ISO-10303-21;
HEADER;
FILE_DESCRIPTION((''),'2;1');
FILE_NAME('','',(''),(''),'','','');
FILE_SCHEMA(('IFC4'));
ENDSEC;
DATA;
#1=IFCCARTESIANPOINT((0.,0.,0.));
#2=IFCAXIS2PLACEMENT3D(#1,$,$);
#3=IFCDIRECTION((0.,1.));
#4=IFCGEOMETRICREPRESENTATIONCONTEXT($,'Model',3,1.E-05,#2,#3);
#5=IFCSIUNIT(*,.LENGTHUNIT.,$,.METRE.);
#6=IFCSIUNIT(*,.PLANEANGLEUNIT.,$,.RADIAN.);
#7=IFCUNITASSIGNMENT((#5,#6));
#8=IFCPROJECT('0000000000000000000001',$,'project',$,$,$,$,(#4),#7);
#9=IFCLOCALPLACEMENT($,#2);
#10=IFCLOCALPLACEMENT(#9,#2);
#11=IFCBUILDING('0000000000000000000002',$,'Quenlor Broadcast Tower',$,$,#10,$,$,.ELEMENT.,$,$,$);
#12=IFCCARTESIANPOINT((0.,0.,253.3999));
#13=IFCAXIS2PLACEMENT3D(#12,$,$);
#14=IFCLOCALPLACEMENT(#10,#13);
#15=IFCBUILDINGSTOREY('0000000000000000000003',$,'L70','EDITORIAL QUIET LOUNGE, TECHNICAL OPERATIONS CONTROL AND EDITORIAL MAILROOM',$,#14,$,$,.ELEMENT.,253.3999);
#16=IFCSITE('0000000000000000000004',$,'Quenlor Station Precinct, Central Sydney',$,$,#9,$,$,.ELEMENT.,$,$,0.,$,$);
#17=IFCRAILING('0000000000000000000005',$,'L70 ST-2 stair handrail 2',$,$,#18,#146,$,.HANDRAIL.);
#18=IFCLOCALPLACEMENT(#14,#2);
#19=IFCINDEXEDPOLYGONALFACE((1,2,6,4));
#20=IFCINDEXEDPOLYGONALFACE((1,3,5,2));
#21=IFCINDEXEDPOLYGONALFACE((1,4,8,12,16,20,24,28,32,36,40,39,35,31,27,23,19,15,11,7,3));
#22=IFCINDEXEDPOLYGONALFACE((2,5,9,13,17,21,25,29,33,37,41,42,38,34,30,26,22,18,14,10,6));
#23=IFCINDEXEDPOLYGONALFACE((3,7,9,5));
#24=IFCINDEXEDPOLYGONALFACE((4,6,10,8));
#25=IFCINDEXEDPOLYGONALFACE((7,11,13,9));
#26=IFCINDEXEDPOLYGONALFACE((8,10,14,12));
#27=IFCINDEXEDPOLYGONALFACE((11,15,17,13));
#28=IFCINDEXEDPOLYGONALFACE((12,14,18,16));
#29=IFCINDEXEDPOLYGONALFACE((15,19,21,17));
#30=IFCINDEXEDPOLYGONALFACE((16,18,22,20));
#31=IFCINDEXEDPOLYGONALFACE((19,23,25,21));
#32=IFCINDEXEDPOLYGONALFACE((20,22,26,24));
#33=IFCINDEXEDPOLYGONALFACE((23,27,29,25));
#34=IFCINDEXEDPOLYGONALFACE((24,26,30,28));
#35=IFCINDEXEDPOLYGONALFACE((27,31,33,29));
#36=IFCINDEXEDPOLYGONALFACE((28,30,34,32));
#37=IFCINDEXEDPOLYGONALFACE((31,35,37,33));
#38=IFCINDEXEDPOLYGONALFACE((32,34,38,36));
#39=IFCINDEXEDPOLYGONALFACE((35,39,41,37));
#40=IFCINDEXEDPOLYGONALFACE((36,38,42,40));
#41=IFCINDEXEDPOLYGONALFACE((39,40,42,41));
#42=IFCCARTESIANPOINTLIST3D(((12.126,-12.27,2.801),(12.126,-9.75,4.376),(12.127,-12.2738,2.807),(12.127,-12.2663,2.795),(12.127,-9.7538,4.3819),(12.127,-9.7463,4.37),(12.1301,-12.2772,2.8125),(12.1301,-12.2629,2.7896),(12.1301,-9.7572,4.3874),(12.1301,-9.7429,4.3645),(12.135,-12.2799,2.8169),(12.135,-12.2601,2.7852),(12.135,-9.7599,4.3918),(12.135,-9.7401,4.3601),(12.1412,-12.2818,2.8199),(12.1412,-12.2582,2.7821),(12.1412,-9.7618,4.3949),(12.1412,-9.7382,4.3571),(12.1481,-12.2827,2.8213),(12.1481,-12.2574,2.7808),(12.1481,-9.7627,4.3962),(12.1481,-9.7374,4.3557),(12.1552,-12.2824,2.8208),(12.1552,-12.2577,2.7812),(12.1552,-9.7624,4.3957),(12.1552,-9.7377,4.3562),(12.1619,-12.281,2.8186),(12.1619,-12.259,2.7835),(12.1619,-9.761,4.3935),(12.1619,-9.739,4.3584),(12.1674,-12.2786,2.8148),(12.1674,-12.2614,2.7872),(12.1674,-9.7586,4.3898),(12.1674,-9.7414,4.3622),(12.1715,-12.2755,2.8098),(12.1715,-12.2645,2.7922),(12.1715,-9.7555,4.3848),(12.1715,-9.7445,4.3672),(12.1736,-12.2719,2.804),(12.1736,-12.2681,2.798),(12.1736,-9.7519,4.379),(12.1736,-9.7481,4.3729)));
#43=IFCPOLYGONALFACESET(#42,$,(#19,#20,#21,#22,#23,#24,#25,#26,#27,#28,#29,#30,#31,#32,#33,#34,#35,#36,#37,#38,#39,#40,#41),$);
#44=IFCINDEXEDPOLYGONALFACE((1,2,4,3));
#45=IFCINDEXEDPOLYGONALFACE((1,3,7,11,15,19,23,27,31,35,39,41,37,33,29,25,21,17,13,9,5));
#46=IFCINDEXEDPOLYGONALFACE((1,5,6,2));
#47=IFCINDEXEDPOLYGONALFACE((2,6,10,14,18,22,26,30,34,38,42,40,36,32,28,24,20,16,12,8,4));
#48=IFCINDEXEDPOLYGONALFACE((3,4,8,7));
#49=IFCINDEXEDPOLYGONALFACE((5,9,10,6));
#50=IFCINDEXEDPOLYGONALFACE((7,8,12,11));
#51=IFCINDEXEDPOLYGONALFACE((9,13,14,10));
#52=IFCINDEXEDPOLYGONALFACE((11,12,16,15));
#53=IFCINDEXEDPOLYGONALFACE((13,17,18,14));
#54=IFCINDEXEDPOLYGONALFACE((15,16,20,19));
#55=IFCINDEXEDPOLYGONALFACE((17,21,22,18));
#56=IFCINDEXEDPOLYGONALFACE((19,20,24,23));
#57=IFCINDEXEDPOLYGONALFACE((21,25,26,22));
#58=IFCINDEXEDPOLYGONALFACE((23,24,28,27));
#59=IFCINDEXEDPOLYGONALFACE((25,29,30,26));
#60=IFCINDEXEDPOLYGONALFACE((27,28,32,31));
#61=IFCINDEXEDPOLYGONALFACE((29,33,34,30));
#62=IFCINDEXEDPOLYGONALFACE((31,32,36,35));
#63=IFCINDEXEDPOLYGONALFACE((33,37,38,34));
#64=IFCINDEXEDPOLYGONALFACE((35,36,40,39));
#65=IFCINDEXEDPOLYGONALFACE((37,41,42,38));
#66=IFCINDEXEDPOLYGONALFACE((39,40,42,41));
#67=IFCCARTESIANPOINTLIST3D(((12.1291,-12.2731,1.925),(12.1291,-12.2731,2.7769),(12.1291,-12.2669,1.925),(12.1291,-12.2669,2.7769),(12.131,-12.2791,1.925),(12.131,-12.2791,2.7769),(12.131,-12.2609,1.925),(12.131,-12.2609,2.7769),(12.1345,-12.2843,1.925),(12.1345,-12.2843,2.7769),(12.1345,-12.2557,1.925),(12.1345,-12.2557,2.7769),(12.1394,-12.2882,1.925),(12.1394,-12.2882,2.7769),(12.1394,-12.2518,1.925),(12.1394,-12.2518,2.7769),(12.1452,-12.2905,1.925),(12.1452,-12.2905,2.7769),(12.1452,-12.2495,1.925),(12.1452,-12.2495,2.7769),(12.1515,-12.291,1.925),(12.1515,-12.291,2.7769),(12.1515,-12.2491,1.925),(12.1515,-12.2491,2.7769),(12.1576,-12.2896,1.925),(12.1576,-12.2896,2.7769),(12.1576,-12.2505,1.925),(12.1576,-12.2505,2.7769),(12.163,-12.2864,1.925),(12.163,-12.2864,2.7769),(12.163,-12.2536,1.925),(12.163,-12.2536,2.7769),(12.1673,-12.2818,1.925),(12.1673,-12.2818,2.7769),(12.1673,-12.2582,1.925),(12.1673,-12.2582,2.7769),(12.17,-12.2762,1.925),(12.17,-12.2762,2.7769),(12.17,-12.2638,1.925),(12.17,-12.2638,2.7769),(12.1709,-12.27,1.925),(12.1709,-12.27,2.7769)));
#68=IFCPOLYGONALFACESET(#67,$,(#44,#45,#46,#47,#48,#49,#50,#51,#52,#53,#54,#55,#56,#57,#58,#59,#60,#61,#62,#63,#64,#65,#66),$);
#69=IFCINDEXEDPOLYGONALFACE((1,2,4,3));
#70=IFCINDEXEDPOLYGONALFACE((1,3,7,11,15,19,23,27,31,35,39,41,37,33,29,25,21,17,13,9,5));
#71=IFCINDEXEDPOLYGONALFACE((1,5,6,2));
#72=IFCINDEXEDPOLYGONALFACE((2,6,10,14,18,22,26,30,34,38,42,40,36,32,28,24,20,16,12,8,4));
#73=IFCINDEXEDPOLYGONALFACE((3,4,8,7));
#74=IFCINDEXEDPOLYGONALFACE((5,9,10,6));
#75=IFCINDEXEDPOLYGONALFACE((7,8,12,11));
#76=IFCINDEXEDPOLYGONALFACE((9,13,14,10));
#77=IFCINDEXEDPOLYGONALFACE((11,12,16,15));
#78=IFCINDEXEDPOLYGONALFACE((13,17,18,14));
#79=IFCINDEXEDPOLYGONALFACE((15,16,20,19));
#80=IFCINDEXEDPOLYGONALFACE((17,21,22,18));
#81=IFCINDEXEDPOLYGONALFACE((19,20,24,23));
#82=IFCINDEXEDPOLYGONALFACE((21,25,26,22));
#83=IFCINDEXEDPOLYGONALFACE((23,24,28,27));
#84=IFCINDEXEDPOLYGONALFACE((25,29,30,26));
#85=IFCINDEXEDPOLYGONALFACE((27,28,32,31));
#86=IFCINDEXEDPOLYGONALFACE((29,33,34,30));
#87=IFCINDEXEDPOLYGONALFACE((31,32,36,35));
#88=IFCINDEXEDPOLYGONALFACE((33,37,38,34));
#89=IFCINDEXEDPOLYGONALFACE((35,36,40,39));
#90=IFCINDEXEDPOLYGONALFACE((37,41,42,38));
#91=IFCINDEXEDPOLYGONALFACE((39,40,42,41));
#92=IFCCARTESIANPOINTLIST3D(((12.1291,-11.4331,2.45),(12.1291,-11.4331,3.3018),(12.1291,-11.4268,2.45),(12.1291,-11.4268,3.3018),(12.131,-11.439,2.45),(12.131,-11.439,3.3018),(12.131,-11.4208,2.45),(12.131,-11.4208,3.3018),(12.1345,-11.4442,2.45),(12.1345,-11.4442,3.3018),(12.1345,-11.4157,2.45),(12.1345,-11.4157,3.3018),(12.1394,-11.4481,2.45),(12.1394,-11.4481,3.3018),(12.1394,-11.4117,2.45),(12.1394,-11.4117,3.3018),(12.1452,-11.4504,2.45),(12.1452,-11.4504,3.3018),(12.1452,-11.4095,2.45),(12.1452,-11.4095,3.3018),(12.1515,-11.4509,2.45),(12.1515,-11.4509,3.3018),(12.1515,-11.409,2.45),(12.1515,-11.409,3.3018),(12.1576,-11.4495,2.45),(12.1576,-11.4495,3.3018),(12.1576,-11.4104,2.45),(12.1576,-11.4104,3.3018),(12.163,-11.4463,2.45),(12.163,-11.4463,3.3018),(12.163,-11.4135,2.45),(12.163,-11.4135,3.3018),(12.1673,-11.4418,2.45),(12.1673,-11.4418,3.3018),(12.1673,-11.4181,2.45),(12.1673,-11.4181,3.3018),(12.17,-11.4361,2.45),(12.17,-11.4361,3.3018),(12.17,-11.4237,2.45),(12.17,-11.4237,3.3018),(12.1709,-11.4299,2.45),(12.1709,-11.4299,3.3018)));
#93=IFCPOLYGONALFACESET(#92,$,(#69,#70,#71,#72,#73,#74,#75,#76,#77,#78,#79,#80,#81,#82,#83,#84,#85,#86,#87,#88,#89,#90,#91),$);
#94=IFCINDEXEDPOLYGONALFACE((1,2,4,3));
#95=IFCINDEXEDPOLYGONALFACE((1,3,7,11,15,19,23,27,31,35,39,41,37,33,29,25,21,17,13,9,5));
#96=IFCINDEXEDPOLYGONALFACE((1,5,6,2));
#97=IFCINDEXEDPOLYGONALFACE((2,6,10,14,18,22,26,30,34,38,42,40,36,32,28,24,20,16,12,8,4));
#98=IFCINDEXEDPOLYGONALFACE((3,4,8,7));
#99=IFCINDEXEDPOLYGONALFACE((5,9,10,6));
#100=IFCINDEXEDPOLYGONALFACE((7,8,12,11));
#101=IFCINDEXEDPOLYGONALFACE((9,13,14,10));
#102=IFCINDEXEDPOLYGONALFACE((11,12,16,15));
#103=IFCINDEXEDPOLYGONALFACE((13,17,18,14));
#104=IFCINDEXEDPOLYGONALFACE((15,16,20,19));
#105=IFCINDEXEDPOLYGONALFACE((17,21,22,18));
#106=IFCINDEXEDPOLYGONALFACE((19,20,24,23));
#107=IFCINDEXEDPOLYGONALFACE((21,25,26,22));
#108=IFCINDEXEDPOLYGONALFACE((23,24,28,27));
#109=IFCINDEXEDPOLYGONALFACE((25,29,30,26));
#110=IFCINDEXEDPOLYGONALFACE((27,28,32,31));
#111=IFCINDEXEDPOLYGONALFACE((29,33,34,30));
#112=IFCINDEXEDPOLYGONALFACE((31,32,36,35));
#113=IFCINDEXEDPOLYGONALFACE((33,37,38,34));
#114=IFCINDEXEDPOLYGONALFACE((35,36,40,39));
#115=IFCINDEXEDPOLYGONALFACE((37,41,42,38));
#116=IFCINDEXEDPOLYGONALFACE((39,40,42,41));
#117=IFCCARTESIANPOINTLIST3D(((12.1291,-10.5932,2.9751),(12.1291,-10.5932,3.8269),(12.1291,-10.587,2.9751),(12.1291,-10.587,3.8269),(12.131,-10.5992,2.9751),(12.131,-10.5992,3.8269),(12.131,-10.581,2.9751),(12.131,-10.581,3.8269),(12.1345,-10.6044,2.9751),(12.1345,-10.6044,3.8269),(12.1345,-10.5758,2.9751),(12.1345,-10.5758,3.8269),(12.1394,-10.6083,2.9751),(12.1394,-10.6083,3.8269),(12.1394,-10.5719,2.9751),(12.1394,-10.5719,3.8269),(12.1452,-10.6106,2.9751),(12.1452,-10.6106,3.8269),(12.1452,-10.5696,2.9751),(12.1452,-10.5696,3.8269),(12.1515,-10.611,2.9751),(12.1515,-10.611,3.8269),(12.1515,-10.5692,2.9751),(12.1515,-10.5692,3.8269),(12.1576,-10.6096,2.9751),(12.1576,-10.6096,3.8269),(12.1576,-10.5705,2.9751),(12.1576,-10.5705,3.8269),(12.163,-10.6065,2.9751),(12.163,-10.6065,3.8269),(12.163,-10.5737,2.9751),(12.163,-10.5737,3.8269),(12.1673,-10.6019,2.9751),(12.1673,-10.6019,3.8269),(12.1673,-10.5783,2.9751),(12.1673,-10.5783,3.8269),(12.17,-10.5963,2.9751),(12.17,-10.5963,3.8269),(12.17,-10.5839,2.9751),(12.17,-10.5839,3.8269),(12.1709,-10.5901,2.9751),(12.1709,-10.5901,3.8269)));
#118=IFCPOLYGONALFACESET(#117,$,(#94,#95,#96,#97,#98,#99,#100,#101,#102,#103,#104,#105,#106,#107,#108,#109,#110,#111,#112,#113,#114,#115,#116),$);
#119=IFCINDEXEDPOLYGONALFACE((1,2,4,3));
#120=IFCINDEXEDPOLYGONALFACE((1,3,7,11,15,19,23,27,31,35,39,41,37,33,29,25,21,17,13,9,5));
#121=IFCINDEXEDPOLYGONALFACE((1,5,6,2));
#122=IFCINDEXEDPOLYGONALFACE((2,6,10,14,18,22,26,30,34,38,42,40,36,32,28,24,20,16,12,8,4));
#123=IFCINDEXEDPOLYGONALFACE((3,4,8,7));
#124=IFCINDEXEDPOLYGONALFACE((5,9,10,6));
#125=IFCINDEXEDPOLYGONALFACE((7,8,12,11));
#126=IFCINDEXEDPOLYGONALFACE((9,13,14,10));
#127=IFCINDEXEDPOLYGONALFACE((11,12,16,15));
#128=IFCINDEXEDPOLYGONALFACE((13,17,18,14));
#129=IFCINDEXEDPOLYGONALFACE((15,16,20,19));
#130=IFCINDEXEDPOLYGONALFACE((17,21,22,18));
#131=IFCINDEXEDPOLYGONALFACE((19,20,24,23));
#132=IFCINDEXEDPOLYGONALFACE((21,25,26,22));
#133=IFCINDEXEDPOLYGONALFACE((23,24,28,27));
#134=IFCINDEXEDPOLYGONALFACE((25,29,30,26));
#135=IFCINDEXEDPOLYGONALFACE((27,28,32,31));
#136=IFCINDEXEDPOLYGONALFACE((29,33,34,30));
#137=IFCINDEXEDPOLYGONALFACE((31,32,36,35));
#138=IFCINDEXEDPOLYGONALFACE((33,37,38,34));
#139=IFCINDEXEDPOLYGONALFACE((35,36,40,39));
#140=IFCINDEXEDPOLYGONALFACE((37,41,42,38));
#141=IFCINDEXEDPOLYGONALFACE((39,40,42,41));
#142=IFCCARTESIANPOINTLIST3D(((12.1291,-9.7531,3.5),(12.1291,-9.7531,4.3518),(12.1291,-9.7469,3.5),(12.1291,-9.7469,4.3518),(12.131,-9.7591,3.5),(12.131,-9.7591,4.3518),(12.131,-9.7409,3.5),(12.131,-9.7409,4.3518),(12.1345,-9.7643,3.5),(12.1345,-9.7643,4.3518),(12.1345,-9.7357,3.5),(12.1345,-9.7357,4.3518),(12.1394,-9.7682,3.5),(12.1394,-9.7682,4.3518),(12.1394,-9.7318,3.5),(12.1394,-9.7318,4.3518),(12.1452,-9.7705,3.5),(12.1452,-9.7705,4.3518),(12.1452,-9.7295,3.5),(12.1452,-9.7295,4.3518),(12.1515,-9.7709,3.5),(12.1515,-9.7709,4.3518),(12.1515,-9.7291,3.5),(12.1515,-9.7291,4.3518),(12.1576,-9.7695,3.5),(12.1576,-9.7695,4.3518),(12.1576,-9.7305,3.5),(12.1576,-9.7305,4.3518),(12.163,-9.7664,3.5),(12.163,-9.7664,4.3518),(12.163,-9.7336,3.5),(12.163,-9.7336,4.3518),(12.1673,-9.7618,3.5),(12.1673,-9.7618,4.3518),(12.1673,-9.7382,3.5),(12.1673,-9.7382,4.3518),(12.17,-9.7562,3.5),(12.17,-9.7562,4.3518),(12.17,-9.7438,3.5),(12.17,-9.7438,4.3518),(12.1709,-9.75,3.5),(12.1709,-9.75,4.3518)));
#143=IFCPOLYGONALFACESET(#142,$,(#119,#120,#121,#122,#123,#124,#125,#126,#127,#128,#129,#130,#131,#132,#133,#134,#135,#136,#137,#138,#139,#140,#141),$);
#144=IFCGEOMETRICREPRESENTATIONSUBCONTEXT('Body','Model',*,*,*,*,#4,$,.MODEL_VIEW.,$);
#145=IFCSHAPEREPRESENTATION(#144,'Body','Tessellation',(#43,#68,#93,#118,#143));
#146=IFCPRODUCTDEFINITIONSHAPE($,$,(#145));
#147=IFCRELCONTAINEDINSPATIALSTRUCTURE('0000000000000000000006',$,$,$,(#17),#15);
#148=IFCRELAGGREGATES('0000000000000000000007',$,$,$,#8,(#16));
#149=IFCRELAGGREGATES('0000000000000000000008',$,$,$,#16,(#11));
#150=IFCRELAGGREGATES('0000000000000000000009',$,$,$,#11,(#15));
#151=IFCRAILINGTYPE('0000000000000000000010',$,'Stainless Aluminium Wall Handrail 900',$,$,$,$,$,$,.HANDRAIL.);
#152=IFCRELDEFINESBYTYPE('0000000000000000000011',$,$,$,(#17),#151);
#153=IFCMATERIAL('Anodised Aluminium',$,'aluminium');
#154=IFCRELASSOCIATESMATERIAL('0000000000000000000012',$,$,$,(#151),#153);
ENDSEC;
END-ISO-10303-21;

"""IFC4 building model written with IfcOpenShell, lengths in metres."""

from ifc_helpers import new_model, si_unit, direction, frame, origin, origin_2d, place, context, subcontext, project, spatial, circle, extrude, material, type_object, element, save


model = new_model("IFC4")

# Units and contexts
model_context = context("Model", 3, precision=1e-05, world=origin(), true_north=direction((0.0, 1.0)))
body_context = subcontext(model_context, "Body", "Model", "MODEL_VIEW")
ifc_project = project(units=[si_unit("LENGTHUNIT", "METRE"), si_unit("PLANEANGLEUNIT", "RADIAN")], contexts=[model_context])

# Site, building, storey
site_placement = place(None, origin())
site = spatial("IfcSite", under=ifc_project, at=site_placement, Name="Quenlor Station Precinct, Central Sydney", CompositionType="ELEMENT", RefElevation=0.0)
building_placement = place(site_placement, origin())
building = spatial("IfcBuilding", under=site, at=building_placement, Name="Quenlor Broadcast Tower", CompositionType="ELEMENT")
storey_placement = place(building_placement, frame((0.0, 0.0, 253.3999)))
storey = spatial("IfcBuildingStorey", under=building, at=storey_placement, Name="L70", Description="EDITORIAL QUIET LOUNGE, TECHNICAL OPERATIONS CONTROL AND EDITORIAL MAILROOM", CompositionType="ELEMENT", Elevation=253.3999)

# Railing
ifc_material_1 = material(Name="Anodised Aluminium", Category="aluminium")
railing_type_1 = type_object("IfcRailingType", Name="Stainless Aluminium Wall Handrail 900", PredefinedType="HANDRAIL", material=ifc_material_1)
railing_1_placement = place(storey_placement, frame((12.1499, -12.27, 1.925)))
element("IfcRailing", 1, at=railing_1_placement, inside=storey, type_object=railing_type_1, Name="L70 ST-2 stair handrail 2", PredefinedType="HANDRAIL", context=body_context, shape_type="SweptSolid", body=[
    extrude(circle(Radius=0.0239, at=origin_2d()), frame((0.0, 0.0, 0.876), z_axis=(0.0, 0.848008, 0.529984), x_axis=(-1.0, 0.0, 0.0)), (0.0, 0.0, 1.0), 2.9717),
    extrude(circle(Radius=0.021, at=origin_2d()), origin(), (0.0, 0.0, 1.0), 0.8518),
    extrude(circle(Radius=0.021, at=origin_2d()), frame((0.0, 0.8401, 0.5249)), (0.0, 0.0, 1.0), 0.8518),
    extrude(circle(Radius=0.021, at=origin_2d()), frame((0.0, 1.6799, 1.05)), (0.0, 0.0, 1.0), 0.8518),
    extrude(circle(Radius=0.021, at=origin_2d()), frame((0.0, 2.52, 1.575)), (0.0, 0.0, 1.0), 0.8518),
])

save(model, "model.ifc")
